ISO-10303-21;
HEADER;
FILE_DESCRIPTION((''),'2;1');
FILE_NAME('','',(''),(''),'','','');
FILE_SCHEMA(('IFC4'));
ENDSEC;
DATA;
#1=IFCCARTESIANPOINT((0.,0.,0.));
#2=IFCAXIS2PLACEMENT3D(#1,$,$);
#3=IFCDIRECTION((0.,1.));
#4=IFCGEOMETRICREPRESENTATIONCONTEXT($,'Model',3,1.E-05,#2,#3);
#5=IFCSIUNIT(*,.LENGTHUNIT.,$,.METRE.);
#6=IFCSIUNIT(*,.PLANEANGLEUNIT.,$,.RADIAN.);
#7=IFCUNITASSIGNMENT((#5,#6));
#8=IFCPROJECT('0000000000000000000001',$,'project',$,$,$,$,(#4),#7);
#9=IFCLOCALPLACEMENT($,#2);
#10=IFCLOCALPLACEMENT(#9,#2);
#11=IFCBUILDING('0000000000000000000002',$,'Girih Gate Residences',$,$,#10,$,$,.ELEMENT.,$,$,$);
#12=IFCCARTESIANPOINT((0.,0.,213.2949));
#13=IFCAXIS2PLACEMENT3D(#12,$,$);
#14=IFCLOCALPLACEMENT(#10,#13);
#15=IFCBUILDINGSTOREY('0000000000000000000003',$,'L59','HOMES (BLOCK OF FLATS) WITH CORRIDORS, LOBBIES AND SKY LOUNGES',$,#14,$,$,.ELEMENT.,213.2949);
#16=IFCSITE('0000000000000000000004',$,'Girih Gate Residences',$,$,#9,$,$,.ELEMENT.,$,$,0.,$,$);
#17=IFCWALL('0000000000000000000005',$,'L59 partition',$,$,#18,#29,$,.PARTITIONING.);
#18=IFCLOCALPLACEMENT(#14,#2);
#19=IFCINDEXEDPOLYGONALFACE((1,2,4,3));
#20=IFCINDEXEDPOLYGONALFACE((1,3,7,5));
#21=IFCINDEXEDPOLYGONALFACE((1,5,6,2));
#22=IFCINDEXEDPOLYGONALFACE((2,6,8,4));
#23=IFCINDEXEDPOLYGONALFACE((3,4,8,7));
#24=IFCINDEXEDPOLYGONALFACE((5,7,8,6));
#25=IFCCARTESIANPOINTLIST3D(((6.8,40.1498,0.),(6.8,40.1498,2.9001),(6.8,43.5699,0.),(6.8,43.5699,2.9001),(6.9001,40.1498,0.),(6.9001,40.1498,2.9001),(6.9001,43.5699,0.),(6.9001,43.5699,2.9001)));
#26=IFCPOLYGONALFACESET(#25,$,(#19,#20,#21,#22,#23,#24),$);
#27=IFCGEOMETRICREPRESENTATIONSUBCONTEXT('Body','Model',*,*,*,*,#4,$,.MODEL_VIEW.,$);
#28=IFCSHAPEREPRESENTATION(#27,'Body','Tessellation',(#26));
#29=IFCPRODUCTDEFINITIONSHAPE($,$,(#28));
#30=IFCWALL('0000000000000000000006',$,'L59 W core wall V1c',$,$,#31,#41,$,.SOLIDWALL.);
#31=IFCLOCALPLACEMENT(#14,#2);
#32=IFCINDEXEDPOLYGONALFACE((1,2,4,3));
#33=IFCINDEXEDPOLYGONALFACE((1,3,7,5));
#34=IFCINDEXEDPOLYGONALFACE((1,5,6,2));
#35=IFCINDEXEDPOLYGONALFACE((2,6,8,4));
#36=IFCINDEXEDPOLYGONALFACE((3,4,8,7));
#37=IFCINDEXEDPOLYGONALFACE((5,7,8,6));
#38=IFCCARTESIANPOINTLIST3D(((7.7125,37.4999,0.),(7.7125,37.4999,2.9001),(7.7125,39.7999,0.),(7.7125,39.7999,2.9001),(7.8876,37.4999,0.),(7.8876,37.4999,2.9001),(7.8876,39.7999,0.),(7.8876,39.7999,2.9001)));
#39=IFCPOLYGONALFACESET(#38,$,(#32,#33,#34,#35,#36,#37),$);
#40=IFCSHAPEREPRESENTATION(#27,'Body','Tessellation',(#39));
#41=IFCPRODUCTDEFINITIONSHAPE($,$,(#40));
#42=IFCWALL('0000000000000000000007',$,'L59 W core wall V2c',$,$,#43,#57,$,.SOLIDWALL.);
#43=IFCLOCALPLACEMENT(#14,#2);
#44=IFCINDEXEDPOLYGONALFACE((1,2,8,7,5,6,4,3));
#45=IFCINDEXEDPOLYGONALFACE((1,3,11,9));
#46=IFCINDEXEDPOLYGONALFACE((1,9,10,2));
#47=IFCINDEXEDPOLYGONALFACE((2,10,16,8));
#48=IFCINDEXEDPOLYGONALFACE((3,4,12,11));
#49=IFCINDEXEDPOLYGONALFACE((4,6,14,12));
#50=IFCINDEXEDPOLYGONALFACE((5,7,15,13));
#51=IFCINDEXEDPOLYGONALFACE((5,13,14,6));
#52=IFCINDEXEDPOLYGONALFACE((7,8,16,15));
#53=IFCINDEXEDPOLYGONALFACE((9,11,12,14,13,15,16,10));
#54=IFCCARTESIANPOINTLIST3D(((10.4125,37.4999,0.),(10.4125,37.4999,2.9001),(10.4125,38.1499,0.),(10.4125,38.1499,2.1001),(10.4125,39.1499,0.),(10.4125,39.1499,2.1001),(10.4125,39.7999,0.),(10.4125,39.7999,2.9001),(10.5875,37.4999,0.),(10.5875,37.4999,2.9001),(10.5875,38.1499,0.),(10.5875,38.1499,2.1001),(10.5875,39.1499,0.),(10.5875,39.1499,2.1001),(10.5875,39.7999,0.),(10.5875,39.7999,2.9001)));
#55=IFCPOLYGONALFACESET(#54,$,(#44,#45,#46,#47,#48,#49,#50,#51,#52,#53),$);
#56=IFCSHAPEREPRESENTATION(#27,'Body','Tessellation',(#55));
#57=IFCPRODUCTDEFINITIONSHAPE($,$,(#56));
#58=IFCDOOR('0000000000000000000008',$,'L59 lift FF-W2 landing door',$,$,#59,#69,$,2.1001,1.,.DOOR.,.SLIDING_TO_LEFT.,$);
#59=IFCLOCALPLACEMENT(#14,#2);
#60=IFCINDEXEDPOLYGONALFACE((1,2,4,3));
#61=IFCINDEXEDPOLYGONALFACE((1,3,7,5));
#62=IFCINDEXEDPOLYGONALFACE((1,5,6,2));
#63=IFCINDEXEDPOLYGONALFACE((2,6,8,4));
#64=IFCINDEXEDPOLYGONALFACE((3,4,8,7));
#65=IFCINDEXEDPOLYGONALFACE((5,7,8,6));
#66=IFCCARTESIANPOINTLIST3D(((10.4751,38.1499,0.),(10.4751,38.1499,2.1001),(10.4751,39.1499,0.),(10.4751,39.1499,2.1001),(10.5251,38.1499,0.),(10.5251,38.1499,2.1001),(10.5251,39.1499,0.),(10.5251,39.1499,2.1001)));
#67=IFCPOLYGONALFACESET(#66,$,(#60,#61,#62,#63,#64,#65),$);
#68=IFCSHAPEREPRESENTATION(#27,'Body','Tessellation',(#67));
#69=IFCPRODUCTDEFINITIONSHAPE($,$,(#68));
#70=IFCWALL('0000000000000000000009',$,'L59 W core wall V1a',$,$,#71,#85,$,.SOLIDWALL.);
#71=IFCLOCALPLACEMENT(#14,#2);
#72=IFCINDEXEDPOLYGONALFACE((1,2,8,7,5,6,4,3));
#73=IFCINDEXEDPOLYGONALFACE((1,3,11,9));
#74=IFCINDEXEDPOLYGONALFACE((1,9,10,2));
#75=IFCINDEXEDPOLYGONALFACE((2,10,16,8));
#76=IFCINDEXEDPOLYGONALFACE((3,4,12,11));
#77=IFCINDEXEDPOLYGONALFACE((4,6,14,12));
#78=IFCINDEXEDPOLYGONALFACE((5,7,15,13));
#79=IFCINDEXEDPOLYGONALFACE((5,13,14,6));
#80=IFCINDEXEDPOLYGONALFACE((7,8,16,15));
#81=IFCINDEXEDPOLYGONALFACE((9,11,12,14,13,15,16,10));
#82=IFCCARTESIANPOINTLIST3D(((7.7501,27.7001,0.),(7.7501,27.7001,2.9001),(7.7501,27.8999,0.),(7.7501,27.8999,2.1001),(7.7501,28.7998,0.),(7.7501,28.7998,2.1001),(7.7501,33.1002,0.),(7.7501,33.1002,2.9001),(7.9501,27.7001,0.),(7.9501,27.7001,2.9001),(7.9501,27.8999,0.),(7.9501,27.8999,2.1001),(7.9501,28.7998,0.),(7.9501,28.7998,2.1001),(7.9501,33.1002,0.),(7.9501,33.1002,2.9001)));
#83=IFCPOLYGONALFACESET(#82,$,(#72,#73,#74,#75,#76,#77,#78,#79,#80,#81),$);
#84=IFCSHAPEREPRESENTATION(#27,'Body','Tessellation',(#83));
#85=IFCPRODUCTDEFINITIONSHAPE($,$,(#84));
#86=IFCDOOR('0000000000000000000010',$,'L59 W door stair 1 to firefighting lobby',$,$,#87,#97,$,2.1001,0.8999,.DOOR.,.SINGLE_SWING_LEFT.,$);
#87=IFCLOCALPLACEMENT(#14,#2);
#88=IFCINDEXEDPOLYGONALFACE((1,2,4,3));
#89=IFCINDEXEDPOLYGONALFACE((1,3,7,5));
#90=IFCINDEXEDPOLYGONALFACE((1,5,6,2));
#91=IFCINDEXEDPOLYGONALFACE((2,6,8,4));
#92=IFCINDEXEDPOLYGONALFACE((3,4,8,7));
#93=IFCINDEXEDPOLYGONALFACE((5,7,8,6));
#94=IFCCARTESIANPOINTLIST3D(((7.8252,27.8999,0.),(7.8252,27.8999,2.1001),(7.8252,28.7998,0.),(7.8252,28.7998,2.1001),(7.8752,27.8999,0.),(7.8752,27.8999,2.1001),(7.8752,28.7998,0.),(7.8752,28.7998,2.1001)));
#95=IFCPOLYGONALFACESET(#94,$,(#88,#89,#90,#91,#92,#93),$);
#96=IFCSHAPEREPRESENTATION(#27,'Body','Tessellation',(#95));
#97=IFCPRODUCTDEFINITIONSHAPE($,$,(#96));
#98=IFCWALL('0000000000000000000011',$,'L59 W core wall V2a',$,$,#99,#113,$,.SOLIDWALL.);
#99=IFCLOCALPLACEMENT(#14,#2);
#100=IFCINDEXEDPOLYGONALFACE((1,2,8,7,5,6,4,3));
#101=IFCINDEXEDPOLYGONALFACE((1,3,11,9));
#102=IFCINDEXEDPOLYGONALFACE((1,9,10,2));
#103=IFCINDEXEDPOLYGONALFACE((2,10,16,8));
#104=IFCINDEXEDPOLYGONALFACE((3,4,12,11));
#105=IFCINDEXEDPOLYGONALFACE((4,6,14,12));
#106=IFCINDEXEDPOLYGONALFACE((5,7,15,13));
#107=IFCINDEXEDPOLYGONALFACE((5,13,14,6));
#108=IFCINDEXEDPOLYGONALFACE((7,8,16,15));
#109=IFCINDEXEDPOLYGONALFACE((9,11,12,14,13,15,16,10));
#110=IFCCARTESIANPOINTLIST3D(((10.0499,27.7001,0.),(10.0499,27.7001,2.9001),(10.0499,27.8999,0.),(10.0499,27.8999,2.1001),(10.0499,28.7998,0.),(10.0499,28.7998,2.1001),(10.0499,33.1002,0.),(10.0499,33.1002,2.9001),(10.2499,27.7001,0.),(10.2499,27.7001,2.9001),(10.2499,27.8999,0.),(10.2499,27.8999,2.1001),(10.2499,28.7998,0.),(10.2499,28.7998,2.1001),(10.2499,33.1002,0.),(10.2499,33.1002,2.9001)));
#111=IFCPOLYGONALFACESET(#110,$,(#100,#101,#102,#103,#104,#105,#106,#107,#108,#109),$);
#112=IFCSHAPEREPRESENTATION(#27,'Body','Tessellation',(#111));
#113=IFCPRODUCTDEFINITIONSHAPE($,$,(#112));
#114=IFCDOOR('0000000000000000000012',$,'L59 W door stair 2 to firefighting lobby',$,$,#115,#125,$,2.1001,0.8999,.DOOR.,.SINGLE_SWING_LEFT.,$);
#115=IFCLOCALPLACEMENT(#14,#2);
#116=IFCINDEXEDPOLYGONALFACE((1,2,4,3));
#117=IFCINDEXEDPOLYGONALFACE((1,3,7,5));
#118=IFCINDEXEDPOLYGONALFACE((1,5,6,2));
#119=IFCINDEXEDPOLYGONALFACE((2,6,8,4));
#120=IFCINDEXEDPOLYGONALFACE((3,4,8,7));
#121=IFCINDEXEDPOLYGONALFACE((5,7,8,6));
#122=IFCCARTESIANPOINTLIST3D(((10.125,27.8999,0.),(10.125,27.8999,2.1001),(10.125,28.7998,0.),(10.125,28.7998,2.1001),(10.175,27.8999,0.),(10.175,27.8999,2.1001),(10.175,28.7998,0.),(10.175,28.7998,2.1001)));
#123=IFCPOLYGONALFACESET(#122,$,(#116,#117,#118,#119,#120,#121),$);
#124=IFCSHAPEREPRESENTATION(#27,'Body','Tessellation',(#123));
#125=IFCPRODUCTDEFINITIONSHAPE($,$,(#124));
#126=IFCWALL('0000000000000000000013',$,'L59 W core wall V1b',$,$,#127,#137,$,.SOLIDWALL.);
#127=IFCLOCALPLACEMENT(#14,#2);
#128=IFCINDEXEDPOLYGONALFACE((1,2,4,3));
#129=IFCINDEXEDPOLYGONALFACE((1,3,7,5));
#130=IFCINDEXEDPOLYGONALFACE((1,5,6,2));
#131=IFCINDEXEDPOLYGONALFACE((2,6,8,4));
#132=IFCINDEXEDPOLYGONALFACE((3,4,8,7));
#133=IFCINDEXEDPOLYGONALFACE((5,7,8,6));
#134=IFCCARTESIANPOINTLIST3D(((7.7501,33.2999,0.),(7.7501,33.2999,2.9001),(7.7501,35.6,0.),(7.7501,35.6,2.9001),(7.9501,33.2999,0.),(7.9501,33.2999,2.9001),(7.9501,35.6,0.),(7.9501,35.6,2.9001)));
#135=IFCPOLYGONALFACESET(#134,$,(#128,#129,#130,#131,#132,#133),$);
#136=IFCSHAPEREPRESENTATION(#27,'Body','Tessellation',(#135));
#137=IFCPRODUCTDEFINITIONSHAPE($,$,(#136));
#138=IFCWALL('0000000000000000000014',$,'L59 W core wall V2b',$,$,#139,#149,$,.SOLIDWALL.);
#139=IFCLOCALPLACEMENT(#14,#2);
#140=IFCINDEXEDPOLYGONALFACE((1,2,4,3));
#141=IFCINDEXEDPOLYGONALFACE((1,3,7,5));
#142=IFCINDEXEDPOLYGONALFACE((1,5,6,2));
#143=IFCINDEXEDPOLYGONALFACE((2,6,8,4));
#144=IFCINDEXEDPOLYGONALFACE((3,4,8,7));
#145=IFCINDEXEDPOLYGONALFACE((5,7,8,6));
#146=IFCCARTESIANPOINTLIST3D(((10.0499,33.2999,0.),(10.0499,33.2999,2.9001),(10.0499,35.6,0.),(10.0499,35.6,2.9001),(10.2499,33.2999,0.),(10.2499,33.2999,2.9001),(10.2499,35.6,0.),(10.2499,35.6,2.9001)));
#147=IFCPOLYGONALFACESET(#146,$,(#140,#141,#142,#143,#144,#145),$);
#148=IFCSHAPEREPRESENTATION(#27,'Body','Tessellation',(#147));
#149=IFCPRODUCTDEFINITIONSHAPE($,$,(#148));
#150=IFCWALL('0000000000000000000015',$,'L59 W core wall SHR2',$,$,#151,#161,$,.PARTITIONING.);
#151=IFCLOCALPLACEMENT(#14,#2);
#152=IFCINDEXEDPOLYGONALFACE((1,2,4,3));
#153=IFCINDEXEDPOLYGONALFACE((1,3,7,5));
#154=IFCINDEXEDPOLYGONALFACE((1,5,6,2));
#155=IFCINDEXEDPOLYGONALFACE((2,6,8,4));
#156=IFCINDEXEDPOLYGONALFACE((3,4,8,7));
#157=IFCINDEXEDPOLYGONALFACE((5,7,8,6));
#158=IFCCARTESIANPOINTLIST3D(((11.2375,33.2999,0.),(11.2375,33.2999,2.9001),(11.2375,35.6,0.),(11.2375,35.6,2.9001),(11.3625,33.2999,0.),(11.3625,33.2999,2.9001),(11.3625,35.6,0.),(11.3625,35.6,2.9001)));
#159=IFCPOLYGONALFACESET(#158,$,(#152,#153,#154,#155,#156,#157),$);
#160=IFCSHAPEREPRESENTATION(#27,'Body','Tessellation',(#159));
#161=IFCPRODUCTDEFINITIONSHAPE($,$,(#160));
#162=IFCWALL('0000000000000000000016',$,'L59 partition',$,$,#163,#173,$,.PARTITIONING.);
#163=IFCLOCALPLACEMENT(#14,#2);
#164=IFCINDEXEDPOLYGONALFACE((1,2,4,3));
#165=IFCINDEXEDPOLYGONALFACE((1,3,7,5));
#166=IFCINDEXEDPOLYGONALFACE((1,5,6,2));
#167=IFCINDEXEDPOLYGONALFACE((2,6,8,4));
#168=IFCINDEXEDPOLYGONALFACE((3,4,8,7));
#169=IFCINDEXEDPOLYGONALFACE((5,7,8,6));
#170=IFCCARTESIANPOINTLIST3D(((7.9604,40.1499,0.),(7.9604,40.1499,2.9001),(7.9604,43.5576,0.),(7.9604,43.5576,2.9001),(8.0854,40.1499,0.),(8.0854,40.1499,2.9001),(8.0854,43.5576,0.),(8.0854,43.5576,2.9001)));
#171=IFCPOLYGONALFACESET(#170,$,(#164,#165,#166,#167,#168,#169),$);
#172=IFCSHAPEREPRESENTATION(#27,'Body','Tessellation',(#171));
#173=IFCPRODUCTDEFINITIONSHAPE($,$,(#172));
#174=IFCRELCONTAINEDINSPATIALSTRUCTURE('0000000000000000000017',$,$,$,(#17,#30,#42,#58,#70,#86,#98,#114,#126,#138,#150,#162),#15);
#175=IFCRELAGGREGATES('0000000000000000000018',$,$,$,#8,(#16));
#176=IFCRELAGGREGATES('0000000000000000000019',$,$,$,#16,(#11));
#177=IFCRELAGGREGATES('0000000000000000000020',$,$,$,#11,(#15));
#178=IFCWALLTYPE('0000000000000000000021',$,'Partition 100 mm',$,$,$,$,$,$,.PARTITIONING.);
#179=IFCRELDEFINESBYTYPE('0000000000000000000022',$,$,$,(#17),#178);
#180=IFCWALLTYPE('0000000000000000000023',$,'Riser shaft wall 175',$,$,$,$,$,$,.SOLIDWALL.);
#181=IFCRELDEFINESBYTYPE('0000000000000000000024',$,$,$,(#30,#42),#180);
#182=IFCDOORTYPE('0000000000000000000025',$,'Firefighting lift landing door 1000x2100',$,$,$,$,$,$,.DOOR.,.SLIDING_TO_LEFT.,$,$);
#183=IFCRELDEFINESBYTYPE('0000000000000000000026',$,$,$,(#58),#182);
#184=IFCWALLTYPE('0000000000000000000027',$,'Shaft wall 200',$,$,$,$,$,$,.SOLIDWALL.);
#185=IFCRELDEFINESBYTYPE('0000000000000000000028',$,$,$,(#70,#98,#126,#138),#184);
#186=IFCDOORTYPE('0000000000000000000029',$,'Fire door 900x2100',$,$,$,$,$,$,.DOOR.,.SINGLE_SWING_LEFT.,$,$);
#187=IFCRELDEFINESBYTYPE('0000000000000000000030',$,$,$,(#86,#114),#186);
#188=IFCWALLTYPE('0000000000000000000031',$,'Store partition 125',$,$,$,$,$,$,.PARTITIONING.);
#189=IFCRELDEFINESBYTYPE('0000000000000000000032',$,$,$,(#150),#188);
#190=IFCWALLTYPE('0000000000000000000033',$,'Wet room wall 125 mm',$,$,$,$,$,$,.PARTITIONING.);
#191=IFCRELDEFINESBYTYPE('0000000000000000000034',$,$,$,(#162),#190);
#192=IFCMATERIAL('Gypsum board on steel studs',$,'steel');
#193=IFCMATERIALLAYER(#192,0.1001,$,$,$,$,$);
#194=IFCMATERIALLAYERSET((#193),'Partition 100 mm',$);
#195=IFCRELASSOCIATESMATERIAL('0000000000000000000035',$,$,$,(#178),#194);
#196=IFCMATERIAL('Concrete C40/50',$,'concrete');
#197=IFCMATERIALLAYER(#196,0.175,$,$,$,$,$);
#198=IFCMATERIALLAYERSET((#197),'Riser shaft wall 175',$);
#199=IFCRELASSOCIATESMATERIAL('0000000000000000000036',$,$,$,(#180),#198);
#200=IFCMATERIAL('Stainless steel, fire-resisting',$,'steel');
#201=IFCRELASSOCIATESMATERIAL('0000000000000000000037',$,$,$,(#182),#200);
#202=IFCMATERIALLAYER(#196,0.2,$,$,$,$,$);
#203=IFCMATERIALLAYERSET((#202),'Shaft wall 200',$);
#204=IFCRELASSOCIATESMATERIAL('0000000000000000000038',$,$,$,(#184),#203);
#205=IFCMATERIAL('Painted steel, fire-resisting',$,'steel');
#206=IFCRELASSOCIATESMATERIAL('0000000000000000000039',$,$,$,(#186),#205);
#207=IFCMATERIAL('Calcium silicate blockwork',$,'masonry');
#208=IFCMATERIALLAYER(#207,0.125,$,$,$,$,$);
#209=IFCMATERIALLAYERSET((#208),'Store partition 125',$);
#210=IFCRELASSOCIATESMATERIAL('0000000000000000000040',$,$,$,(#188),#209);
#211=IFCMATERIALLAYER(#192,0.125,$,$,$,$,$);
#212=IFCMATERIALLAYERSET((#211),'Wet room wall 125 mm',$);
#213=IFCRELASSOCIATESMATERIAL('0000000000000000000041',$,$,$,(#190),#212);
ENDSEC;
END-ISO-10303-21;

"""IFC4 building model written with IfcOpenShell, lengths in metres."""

from ifc_helpers import new_model, si_unit, direction, frame, frame_2d, origin, place, context, subcontext, project, spatial, rectangle, extrude, material, layer, layer_set, type_object, element, fill, save


model = new_model("IFC4")

# Units and contexts
model_context = context("Model", 3, precision=1e-05, world=origin(), true_north=direction((0.0, 1.0)))
body_context = subcontext(model_context, "Body", "Model", "MODEL_VIEW")
ifc_project = project(units=[si_unit("LENGTHUNIT", "METRE"), si_unit("PLANEANGLEUNIT", "RADIAN")], contexts=[model_context])

# Site, building, storey
site_placement = place(None, origin())
site = spatial("IfcSite", under=ifc_project, at=site_placement, Name="Girih Gate Residences", CompositionType="ELEMENT", RefElevation=0.0)
building_placement = place(site_placement, origin())
building = spatial("IfcBuilding", under=site, at=building_placement, Name="Girih Gate Residences", CompositionType="ELEMENT")
storey_placement = place(building_placement, frame((0.0, 0.0, 213.2949)))
storey = spatial("IfcBuildingStorey", under=building, at=storey_placement, Name="L59", Description="HOMES (BLOCK OF FLATS) WITH CORRIDORS, LOBBIES AND SKY LOUNGES", CompositionType="ELEMENT", Elevation=213.2949)

# Walls
ifc_material_1 = material(Name="Gypsum board on steel studs", Category="steel")
ifc_layer_1 = layer(ifc_material_1, 0.1001)
ifc_layer_set_1 = layer_set([ifc_layer_1], Name="Partition 100 mm")
wall_type_1 = type_object("IfcWallType", Name="Partition 100 mm", PredefinedType="PARTITIONING", material=ifc_layer_set_1)
wall_1_placement = place(storey_placement, frame((6.8501, 40.1499, 0.0), z_axis=(0.0, 0.0, 1.0), x_axis=(0.0, 1.0, 0.0)))
element("IfcWall", 1, at=wall_1_placement, inside=storey, type_object=wall_type_1, Name="L59 partition", PredefinedType="PARTITIONING", context=body_context, shape_type="SweptSolid", body=[
    extrude(rectangle(XDim=3.4202, YDim=0.1001, at=frame_2d((1.71, 0.0))), origin(), (0.0, 0.0, 1.0), 2.9001),
])
ifc_material_2 = material(Name="Concrete C40/50", Category="concrete")
ifc_layer_2 = layer(ifc_material_2, 0.175)
ifc_layer_set_2 = layer_set([ifc_layer_2], Name="Riser shaft wall 175")
wall_type_2 = type_object("IfcWallType", Name="Riser shaft wall 175", PredefinedType="SOLIDWALL", material=ifc_layer_set_2)
wall_2_placement = place(storey_placement, frame((7.8, 37.5, 0.0), z_axis=(0.0, 0.0, 1.0), x_axis=(0.0, 1.0, 0.0)))
element("IfcWall", 2, at=wall_2_placement, inside=storey, type_object=wall_type_2, Name="L59 W core wall V1c", PredefinedType="SOLIDWALL", context=body_context, shape_type="SweptSolid", body=[
    extrude(rectangle(XDim=2.3, YDim=0.175, at=frame_2d((1.1499, 0.0))), origin(), (0.0, 0.0, 1.0), 2.9001),
])

# Walls, openings, doors
wall_3_placement = place(storey_placement, frame((10.5, 37.5, 0.0), z_axis=(0.0, 0.0, 1.0), x_axis=(0.0, 1.0, 0.0)))
wall_3 = element("IfcWall", 3, at=wall_3_placement, inside=storey, type_object=wall_type_2, Name="L59 W core wall V2c", PredefinedType="SOLIDWALL", context=body_context, shape_type="SweptSolid", body=[
    extrude(rectangle(XDim=2.3, YDim=0.175, at=frame_2d((1.1499, 0.0))), origin(), (0.0, 0.0, 1.0), 2.9001),
])
opening_1_placement = place(wall_3_placement, frame((0.6499, 0.0, 0.0)))
opening_1 = element("IfcOpeningElement", 4, at=opening_1_placement, cuts=wall_3, PredefinedType="OPENING", context=body_context, shape_type="SweptSolid", body=[
    extrude(rectangle(XDim=1.0, YDim=2.1001, at=frame_2d((0.5, 1.05))), frame((0.0, 0.0974, 0.0), z_axis=(0.0, -1.0, 0.0), x_axis=(1.0, 0.0, 0.0)), (0.0, 0.0, 1.0), 0.1951),
])
ifc_material_3 = material(Name="Stainless steel, fire-resisting", Category="steel")
door_type_1 = type_object("IfcDoorType", Name="Firefighting lift landing door 1000x2100", OperationType="SLIDING_TO_LEFT", PredefinedType="DOOR", material=ifc_material_3)
door_1_placement = place(opening_1_placement, origin())
door_1 = element("IfcDoor", 5, at=door_1_placement, inside=storey, type_object=door_type_1, Name="L59 lift FF-W2 landing door", OperationType="SLIDING_TO_LEFT", OverallHeight=2.1001, OverallWidth=1.0, PredefinedType="DOOR", context=body_context, shape_type="SweptSolid", body=[
    extrude(rectangle(XDim=1.0, YDim=2.1001, at=frame_2d((0.5, 1.05))), frame((0.0, 0.0249, 0.0), z_axis=(0.0, -1.0, 0.0), x_axis=(1.0, 0.0, 0.0)), (0.0, 0.0, 1.0), 0.05),
])
fill(opening_1, door_1)
ifc_layer_3 = layer(ifc_material_2, 0.2)
ifc_layer_set_3 = layer_set([ifc_layer_3], Name="Shaft wall 200")
wall_type_3 = type_object("IfcWallType", Name="Shaft wall 200", PredefinedType="SOLIDWALL", material=ifc_layer_set_3)
wall_4_placement = place(storey_placement, frame((7.8501, 27.7, 0.0), z_axis=(0.0, 0.0, 1.0), x_axis=(0.0, 1.0, 0.0)))
wall_4 = element("IfcWall", 6, at=wall_4_placement, inside=storey, type_object=wall_type_3, Name="L59 W core wall V1a", PredefinedType="SOLIDWALL", context=body_context, shape_type="SweptSolid", body=[
    extrude(rectangle(XDim=5.4001, YDim=0.2, at=frame_2d((2.7002, 0.0))), origin(), (0.0, 0.0, 1.0), 2.9001),
])
opening_2_placement = place(wall_4_placement, frame((0.2, 0.0, 0.0)))
opening_2 = element("IfcOpeningElement", 7, at=opening_2_placement, cuts=wall_4, PredefinedType="OPENING", context=body_context, shape_type="SweptSolid", body=[
    extrude(rectangle(XDim=0.8999, YDim=2.1001, at=frame_2d((0.45, 1.05))), frame((0.0, 0.1099, 0.0), z_axis=(0.0, -1.0, 0.0), x_axis=(1.0, 0.0, 0.0)), (0.0, 0.0, 1.0), 0.22),
])
ifc_material_4 = material(Name="Painted steel, fire-resisting", Category="steel")
door_type_2 = type_object("IfcDoorType", Name="Fire door 900x2100", OperationType="SINGLE_SWING_LEFT", PredefinedType="DOOR", material=ifc_material_4)
door_2_placement = place(opening_2_placement, origin())
door_2 = element("IfcDoor", 8, at=door_2_placement, inside=storey, type_object=door_type_2, Name="L59 W door stair 1 to firefighting lobby", OperationType="SINGLE_SWING_LEFT", OverallHeight=2.1001, OverallWidth=0.8999, PredefinedType="DOOR", context=body_context, shape_type="SweptSolid", body=[
    extrude(rectangle(XDim=0.8999, YDim=2.1001, at=frame_2d((0.45, 1.05))), frame((0.0, 0.0249, 0.0), z_axis=(0.0, -1.0, 0.0), x_axis=(1.0, 0.0, 0.0)), (0.0, 0.0, 1.0), 0.05),
])
fill(opening_2, door_2)
wall_5_placement = place(storey_placement, frame((10.1499, 27.7, 0.0), z_axis=(0.0, 0.0, 1.0), x_axis=(0.0, 1.0, 0.0)))
wall_5 = element("IfcWall", 9, at=wall_5_placement, inside=storey, type_object=wall_type_3, Name="L59 W core wall V2a", PredefinedType="SOLIDWALL", context=body_context, shape_type="SweptSolid", body=[
    extrude(rectangle(XDim=5.4001, YDim=0.2, at=frame_2d((2.7002, 0.0))), origin(), (0.0, 0.0, 1.0), 2.9001),
])
opening_3_placement = place(wall_5_placement, frame((0.2, 0.0, 0.0)))
opening_3 = element("IfcOpeningElement", 10, at=opening_3_placement, cuts=wall_5, PredefinedType="OPENING", context=body_context, shape_type="SweptSolid", body=[
    extrude(rectangle(XDim=0.8999, YDim=2.1001, at=frame_2d((0.45, 1.05))), frame((0.0, 0.1099, 0.0), z_axis=(0.0, -1.0, 0.0), x_axis=(1.0, 0.0, 0.0)), (0.0, 0.0, 1.0), 0.22),
])
door_3_placement = place(opening_3_placement, origin())
door_3 = element("IfcDoor", 11, at=door_3_placement, inside=storey, type_object=door_type_2, Name="L59 W door stair 2 to firefighting lobby", OperationType="SINGLE_SWING_LEFT", OverallHeight=2.1001, OverallWidth=0.8999, PredefinedType="DOOR", context=body_context, shape_type="SweptSolid", body=[
    extrude(rectangle(XDim=0.8999, YDim=2.1001, at=frame_2d((0.45, 1.05))), frame((0.0, 0.0249, 0.0), z_axis=(0.0, -1.0, 0.0), x_axis=(1.0, 0.0, 0.0)), (0.0, 0.0, 1.0), 0.05),
])
fill(opening_3, door_3)

# Walls
for number, where, z_axis, x_axis, name in (
    (12, (7.8501, 33.3, 0.0), (0.0, 0.0, 1.0), (0.0, 1.0, 0.0), "L59 W core wall V1b"),
    (13, (10.1499, 33.3, 0.0), (0.0, 0.0, 1.0), (0.0, 1.0, 0.0), "L59 W core wall V2b"),
):
    element("IfcWall", number, at=place(storey_placement, frame(where, z_axis=z_axis, x_axis=x_axis)), inside=storey, type_object=wall_type_3, Name=name, PredefinedType="SOLIDWALL", context=body_context, shape_type="SweptSolid", body=[
        extrude(rectangle(XDim=2.3, YDim=0.2, at=frame_2d((1.1499, 0.0))), origin(), (0.0, 0.0, 1.0), 2.9001),
    ])
ifc_material_5 = material(Name="Calcium silicate blockwork", Category="masonry")
ifc_layer_4 = layer(ifc_material_5, 0.125)
ifc_layer_set_4 = layer_set([ifc_layer_4], Name="Store partition 125")
wall_type_4 = type_object("IfcWallType", Name="Store partition 125", PredefinedType="PARTITIONING", material=ifc_layer_set_4)
wall_6_placement = place(storey_placement, frame((11.3, 33.3, 0.0), z_axis=(0.0, 0.0, 1.0), x_axis=(0.0, 1.0, 0.0)))
element("IfcWall", 14, at=wall_6_placement, inside=storey, type_object=wall_type_4, Name="L59 W core wall SHR2", PredefinedType="PARTITIONING", context=body_context, shape_type="SweptSolid", body=[
    extrude(rectangle(XDim=2.3, YDim=0.125, at=frame_2d((1.1499, 0.0))), origin(), (0.0, 0.0, 1.0), 2.9001),
])
ifc_layer_5 = layer(ifc_material_1, 0.125)
ifc_layer_set_5 = layer_set([ifc_layer_5], Name="Wet room wall 125 mm")
wall_type_5 = type_object("IfcWallType", Name="Wet room wall 125 mm", PredefinedType="PARTITIONING", material=ifc_layer_set_5)
wall_7_placement = place(storey_placement, frame((8.0229, 40.1499, 0.0), z_axis=(0.0, 0.0, 1.0), x_axis=(0.0, 1.0, 0.0)))
element("IfcWall", 15, at=wall_7_placement, inside=storey, type_object=wall_type_5, Name="L59 partition", PredefinedType="PARTITIONING", context=body_context, shape_type="SweptSolid", body=[
    extrude(rectangle(XDim=3.4077, YDim=0.125, at=frame_2d((1.7039, 0.0))), origin(), (0.0, 0.0, 1.0), 2.9001),
])

save(model, "model.ifc")
